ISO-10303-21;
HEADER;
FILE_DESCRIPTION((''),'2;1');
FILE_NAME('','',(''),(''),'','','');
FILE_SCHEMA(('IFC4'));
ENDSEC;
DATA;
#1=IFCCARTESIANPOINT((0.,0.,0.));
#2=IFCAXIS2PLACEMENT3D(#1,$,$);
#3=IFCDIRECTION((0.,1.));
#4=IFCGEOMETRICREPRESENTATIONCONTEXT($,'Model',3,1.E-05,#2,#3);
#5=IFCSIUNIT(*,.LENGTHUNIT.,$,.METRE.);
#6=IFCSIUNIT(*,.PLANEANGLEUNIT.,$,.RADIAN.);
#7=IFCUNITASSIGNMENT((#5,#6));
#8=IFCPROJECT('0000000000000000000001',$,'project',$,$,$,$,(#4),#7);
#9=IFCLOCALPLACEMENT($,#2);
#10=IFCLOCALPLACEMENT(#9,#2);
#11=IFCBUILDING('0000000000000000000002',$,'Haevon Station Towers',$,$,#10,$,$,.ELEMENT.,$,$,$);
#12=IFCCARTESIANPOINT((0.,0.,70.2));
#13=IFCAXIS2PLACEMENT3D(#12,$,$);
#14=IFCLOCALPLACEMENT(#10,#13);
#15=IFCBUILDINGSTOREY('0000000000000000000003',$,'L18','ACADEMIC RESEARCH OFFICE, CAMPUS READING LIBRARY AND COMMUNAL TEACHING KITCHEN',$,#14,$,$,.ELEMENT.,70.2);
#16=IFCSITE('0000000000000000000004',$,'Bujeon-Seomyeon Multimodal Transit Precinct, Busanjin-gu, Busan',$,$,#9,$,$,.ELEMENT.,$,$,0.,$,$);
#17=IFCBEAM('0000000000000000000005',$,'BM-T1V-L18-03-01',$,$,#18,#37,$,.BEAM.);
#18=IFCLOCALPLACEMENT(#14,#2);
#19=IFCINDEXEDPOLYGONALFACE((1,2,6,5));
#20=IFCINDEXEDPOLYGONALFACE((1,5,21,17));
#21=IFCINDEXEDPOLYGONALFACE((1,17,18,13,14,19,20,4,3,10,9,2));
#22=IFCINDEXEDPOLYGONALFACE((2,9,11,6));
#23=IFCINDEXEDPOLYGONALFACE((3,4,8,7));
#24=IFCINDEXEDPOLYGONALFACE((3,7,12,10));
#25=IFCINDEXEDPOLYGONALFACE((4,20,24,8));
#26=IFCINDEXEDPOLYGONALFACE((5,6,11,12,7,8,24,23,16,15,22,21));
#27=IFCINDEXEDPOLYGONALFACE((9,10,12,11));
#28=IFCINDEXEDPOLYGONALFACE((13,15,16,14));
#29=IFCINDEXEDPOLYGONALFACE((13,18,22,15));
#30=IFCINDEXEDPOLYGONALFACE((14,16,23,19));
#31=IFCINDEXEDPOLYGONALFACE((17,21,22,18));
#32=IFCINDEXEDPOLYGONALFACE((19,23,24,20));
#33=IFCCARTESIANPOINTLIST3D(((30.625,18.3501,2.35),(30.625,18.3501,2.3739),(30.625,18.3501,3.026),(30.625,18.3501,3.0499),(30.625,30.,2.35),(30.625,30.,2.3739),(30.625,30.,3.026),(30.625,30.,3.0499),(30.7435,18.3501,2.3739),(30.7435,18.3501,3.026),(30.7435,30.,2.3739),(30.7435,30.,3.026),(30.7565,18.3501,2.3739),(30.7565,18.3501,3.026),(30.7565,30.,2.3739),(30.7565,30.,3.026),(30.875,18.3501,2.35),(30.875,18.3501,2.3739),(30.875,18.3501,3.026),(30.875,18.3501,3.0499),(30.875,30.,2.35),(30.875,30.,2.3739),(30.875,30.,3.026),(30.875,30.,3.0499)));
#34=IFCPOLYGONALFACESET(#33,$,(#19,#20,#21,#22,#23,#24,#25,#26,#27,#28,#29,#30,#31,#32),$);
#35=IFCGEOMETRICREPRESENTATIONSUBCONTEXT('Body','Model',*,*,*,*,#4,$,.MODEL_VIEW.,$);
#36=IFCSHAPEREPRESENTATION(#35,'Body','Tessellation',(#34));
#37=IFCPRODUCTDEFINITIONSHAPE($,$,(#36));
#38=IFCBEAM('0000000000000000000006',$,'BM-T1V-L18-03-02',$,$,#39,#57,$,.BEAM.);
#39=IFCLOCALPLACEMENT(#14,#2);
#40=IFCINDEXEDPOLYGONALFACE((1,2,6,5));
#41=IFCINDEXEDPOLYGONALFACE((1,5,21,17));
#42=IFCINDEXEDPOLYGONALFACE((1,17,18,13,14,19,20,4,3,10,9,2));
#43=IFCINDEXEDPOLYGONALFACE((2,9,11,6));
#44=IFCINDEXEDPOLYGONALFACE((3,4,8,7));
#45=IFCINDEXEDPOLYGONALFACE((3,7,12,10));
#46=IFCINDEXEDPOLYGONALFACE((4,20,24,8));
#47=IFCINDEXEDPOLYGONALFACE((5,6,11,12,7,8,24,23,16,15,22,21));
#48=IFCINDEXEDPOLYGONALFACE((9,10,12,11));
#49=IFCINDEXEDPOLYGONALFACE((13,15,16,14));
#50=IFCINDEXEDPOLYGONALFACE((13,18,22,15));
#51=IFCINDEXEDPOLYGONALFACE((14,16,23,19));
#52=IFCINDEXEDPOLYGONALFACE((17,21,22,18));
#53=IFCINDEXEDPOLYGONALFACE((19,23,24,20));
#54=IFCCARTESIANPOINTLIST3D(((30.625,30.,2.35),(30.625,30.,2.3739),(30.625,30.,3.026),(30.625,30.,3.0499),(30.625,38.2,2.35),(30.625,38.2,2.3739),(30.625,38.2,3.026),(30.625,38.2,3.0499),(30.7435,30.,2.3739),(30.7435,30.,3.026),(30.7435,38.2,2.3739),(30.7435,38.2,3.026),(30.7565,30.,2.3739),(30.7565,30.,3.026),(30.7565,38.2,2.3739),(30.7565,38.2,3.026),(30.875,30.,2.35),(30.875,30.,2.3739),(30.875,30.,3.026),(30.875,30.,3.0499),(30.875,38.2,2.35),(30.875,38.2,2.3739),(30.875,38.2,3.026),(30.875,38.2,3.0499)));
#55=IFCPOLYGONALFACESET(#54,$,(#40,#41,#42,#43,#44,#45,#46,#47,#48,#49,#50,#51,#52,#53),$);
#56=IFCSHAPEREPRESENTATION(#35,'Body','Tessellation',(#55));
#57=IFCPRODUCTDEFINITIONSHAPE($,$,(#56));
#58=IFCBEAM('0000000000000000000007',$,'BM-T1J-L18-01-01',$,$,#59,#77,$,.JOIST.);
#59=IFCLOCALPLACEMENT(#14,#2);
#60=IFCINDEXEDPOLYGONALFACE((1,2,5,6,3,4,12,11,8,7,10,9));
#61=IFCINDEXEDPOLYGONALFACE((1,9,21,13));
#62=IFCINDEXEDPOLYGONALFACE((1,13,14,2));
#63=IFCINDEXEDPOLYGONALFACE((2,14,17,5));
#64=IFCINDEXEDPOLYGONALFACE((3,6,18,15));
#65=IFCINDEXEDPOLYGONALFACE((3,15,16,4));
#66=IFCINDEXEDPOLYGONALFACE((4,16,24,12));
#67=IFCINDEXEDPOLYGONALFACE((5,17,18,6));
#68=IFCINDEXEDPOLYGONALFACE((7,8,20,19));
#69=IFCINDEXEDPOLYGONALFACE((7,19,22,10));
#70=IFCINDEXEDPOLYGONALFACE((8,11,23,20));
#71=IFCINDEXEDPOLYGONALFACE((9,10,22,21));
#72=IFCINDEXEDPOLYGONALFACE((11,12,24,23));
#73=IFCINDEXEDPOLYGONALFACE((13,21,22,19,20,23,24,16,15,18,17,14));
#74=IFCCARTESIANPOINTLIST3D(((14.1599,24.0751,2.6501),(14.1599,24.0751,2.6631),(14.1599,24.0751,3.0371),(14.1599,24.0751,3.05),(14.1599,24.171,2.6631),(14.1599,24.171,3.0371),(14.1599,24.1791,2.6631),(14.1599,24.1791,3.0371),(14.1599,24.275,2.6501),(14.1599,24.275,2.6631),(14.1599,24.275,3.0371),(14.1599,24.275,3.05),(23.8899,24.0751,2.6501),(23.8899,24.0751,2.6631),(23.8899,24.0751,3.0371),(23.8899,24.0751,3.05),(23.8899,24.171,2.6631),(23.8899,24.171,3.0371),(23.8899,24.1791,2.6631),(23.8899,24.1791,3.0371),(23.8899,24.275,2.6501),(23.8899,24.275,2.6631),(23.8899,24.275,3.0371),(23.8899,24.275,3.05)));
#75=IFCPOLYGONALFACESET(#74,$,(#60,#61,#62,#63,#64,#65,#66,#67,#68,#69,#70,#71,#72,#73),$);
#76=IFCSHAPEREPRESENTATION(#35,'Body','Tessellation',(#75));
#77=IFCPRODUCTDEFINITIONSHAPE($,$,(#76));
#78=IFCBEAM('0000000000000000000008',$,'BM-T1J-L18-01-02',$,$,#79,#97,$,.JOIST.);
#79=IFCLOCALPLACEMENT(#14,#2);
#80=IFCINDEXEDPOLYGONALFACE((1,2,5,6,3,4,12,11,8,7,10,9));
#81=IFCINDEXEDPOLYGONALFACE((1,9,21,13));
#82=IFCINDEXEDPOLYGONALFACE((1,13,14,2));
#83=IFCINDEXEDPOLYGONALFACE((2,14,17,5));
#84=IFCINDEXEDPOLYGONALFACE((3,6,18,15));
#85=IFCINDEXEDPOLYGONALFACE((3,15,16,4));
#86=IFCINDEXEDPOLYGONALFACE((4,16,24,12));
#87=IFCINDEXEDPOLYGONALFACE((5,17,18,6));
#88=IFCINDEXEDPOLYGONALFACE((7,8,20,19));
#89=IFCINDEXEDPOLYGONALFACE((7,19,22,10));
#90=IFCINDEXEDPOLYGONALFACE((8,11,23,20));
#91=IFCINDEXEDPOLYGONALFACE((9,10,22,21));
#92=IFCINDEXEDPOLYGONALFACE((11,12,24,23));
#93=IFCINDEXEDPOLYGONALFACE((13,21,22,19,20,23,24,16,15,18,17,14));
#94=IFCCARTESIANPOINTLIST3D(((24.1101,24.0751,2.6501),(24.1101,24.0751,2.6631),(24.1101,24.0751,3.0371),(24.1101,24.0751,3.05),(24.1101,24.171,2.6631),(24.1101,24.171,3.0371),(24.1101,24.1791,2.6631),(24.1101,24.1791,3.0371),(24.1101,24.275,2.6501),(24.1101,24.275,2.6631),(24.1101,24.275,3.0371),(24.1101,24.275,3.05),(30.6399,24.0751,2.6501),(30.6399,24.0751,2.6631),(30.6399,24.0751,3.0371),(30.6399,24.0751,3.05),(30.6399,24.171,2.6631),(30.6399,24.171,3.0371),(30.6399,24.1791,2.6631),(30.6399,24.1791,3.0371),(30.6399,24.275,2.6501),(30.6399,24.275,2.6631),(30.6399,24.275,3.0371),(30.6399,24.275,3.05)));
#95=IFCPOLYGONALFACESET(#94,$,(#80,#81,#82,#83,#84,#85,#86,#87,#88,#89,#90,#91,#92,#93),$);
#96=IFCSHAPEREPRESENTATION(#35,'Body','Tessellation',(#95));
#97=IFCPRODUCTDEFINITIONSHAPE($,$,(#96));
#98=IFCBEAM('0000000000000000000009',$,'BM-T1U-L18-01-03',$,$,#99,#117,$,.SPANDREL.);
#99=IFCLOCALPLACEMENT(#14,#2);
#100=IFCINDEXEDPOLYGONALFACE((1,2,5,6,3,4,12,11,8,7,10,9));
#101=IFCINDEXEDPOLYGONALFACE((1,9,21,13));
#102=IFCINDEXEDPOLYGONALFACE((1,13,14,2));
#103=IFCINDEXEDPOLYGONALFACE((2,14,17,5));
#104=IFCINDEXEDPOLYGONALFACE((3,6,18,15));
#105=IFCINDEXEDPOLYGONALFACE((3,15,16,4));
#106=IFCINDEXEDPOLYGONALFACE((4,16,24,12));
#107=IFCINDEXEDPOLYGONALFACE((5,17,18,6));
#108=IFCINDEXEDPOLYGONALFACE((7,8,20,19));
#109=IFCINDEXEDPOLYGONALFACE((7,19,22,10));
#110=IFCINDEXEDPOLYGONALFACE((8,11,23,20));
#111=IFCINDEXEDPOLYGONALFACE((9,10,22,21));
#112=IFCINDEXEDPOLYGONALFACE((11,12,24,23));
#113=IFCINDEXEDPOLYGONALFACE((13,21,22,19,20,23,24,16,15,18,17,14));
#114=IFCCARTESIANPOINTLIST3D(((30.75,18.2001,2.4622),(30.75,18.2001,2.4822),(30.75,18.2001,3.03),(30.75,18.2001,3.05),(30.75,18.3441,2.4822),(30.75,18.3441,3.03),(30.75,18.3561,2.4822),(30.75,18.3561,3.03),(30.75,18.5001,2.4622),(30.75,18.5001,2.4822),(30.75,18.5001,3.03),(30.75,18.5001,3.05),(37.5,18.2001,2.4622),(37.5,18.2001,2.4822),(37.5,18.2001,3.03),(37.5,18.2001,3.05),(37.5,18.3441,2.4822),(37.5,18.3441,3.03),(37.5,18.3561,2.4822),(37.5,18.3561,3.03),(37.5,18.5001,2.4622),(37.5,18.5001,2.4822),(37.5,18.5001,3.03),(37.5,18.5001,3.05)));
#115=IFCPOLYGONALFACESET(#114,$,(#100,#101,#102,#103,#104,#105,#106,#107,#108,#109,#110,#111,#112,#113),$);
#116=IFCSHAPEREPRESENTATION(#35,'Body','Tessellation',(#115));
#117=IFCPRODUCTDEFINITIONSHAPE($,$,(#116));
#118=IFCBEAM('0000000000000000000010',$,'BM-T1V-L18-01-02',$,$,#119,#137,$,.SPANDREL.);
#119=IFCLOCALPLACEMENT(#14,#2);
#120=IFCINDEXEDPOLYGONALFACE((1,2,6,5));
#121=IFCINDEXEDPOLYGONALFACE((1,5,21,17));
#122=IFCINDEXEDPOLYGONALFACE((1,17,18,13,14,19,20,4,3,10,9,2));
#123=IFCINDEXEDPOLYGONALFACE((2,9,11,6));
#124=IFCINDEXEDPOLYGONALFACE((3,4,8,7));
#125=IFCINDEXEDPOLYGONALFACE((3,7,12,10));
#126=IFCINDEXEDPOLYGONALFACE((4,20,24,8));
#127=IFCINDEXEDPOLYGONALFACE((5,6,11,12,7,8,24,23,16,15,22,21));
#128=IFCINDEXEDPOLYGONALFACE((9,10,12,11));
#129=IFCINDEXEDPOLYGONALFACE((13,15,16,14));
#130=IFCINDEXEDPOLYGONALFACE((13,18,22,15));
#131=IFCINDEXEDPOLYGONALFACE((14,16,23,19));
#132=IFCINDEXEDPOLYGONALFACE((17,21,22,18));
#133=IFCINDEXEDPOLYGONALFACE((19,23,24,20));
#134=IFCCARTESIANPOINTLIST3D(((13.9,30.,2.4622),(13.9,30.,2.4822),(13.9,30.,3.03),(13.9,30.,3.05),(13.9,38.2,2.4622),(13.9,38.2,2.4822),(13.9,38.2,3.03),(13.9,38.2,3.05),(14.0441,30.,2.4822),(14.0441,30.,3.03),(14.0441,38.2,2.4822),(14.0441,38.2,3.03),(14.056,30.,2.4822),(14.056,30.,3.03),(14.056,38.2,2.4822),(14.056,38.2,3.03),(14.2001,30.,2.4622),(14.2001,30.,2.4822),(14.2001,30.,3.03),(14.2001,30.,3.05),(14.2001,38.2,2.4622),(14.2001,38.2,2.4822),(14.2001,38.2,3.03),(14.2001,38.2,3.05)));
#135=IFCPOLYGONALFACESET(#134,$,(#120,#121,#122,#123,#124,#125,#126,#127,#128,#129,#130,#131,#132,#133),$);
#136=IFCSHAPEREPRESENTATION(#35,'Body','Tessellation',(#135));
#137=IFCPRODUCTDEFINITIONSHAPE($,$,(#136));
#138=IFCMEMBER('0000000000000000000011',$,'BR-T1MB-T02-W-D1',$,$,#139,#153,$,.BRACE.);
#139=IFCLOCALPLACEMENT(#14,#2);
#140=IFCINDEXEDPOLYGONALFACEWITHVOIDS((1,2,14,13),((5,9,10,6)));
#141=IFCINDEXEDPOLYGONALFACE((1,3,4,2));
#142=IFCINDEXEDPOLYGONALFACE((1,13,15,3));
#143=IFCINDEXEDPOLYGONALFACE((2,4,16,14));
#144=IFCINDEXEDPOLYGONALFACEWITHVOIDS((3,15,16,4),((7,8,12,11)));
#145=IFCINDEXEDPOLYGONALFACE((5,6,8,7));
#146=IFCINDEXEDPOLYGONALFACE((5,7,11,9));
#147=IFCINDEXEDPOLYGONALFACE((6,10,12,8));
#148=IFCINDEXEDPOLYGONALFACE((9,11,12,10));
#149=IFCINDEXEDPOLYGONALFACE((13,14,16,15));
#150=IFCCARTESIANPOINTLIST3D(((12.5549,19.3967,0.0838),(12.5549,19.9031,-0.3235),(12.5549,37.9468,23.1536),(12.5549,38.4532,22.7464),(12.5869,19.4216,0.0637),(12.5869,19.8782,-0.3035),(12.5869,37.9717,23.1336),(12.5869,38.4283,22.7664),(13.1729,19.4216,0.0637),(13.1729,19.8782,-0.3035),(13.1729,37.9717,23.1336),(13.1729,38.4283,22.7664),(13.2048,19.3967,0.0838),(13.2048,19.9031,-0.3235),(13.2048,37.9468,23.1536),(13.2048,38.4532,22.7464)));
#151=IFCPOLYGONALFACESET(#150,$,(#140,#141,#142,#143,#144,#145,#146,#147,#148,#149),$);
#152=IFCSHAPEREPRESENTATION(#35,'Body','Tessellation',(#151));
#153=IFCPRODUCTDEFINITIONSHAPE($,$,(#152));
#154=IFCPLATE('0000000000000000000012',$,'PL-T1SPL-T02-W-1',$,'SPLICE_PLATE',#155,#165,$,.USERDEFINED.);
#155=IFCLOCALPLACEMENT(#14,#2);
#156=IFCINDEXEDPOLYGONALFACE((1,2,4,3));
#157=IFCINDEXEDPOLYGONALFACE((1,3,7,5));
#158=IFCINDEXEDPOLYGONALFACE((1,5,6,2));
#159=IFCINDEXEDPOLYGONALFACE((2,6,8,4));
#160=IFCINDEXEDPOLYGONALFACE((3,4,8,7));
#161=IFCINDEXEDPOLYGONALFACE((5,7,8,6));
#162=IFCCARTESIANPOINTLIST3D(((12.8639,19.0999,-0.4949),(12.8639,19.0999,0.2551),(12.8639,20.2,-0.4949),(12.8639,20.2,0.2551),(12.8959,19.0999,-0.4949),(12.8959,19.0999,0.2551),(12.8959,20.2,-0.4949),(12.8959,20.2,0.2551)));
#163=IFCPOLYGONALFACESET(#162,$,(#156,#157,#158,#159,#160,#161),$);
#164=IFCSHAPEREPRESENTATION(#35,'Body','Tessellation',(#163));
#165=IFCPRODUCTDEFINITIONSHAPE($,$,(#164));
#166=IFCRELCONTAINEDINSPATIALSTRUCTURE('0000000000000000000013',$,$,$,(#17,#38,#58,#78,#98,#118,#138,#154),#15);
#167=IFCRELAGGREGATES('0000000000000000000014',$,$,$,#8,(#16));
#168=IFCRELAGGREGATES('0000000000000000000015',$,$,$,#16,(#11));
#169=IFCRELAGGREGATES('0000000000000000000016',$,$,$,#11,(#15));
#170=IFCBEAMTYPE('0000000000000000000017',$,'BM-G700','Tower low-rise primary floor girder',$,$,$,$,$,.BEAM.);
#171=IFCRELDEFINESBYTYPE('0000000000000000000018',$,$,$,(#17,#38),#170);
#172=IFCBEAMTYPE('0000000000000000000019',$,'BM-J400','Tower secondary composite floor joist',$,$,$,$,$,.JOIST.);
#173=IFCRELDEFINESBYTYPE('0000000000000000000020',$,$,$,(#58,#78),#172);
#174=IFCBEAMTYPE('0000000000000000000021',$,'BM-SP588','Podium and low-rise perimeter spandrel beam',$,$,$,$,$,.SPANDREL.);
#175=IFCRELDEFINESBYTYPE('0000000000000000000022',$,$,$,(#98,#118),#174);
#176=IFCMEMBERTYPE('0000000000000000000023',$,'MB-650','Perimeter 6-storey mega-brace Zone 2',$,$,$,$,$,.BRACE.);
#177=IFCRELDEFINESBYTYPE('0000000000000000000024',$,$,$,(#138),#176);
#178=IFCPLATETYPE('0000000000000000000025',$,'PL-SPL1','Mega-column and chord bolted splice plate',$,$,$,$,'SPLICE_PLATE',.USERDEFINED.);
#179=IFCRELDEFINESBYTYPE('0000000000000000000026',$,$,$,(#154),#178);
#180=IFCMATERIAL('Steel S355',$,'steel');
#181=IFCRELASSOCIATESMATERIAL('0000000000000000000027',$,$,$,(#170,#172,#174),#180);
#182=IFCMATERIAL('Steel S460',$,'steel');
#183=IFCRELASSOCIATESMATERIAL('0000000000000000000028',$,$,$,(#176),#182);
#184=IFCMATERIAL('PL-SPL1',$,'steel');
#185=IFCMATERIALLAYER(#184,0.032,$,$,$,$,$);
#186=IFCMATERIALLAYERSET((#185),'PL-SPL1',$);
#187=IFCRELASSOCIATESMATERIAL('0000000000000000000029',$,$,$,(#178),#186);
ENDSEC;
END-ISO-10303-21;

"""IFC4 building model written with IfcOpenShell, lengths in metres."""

from ifc_helpers import new_model, si_unit, direction, frame, origin, origin_2d, place, context, subcontext, project, spatial, rectangle, hollow_rectangle, i_section, extrude, material, layer, layer_set, material_profile, profile_set, type_object, element, save


model = new_model("IFC4")

# Units and contexts
model_context = context("Model", 3, precision=1e-05, world=origin(), true_north=direction((0.0, 1.0)))
body_context = subcontext(model_context, "Body", "Model", "MODEL_VIEW")
ifc_project = project(units=[si_unit("LENGTHUNIT", "METRE"), si_unit("PLANEANGLEUNIT", "RADIAN")], contexts=[model_context])

# Site, building, storey
site_placement = place(None, origin())
site = spatial("IfcSite", under=ifc_project, at=site_placement, Name="Bujeon-Seomyeon Multimodal Transit Precinct, Busanjin-gu, Busan", CompositionType="ELEMENT", RefElevation=0.0)
building_placement = place(site_placement, origin())
building = spatial("IfcBuilding", under=site, at=building_placement, Name="Haevon Station Towers", CompositionType="ELEMENT")
storey_placement = place(building_placement, frame((0.0, 0.0, 70.2)))
storey = spatial("IfcBuildingStorey", under=building, at=storey_placement, Name="L18", Description="ACADEMIC RESEARCH OFFICE, CAMPUS READING LIBRARY AND COMMUNAL TEACHING KITCHEN", CompositionType="ELEMENT", Elevation=70.2)

# Shared definitions
ifc_material_1 = material(Name="Steel S460", Category="steel")

# Beams
ifc_material_2 = material(Name="Steel S355", Category="steel")
ifc_material_profile_1 = material_profile(ifc_material_2, i_section(OverallWidth=0.25, OverallDepth=0.7, WebThickness=0.0129, FlangeThickness=0.0239, at=origin_2d()), Name="H-700x250x13x24")
ifc_profile_set_1 = profile_set([ifc_material_profile_1], Name="Steel S355")
beam_type_1 = type_object("IfcBeamType", Name="BM-G700", Description="Tower low-rise primary floor girder", PredefinedType="BEAM", material=ifc_profile_set_1)
beam_1_placement = place(storey_placement, frame((30.75, 18.3501, 2.7), z_axis=(0.0, 1.0, 0.0), x_axis=(-1.0, 0.0, 0.0)))
element("IfcBeam", 1, at=beam_1_placement, inside=storey, type_object=beam_type_1, Name="BM-T1V-L18-03-01", PredefinedType="BEAM", context=body_context, shape_type="SweptSolid", body=[
    extrude(i_section(OverallWidth=0.25, OverallDepth=0.7, WebThickness=0.0129, FlangeThickness=0.0239, at=origin_2d()), origin(), (0.0, 0.0, 1.0), 11.6499),
])
beam_2_placement = place(storey_placement, frame((30.75, 30.0, 2.7), z_axis=(0.0, 1.0, 0.0), x_axis=(-1.0, 0.0, 0.0)))
element("IfcBeam", 2, at=beam_2_placement, inside=storey, type_object=beam_type_1, Name="BM-T1V-L18-03-02", PredefinedType="BEAM", context=body_context, shape_type="SweptSolid", body=[
    extrude(i_section(OverallWidth=0.25, OverallDepth=0.7, WebThickness=0.0129, FlangeThickness=0.0239, at=origin_2d()), origin(), (0.0, 0.0, 1.0), 8.2),
])
ifc_material_profile_2 = material_profile(ifc_material_2, i_section(OverallWidth=0.2, OverallDepth=0.3999, WebThickness=0.0081, FlangeThickness=0.0129, at=origin_2d()), Name="H-400x200x8x13")
ifc_profile_set_2 = profile_set([ifc_material_profile_2], Name="Steel S355")
beam_type_2 = type_object("IfcBeamType", Name="BM-J400", Description="Tower secondary composite floor joist", PredefinedType="JOIST", material=ifc_profile_set_2)
beam_3_placement = place(storey_placement, frame((14.1599, 24.175, 2.8501), z_axis=(1.0, 0.0, 0.0), x_axis=(0.0, 1.0, 0.0)))
element("IfcBeam", 3, at=beam_3_placement, inside=storey, type_object=beam_type_2, Name="BM-T1J-L18-01-01", PredefinedType="JOIST", context=body_context, shape_type="SweptSolid", body=[
    extrude(i_section(OverallWidth=0.2, OverallDepth=0.3999, WebThickness=0.0081, FlangeThickness=0.0129, at=origin_2d()), origin(), (0.0, 0.0, 1.0), 9.73),
])
beam_4_placement = place(storey_placement, frame((24.1101, 24.175, 2.8501), z_axis=(1.0, 0.0, 0.0), x_axis=(0.0, 1.0, 0.0)))
element("IfcBeam", 4, at=beam_4_placement, inside=storey, type_object=beam_type_2, Name="BM-T1J-L18-01-02", PredefinedType="JOIST", context=body_context, shape_type="SweptSolid", body=[
    extrude(i_section(OverallWidth=0.2, OverallDepth=0.3999, WebThickness=0.0081, FlangeThickness=0.0129, at=origin_2d()), origin(), (0.0, 0.0, 1.0), 6.5298),
])
ifc_material_profile_3 = material_profile(ifc_material_2, i_section(OverallWidth=0.3, OverallDepth=0.5879, WebThickness=0.012, FlangeThickness=0.02, at=origin_2d()), Name="H-588x300x12x20")
ifc_profile_set_3 = profile_set([ifc_material_profile_3], Name="Steel S355")
beam_type_3 = type_object("IfcBeamType", Name="BM-SP588", Description="Podium and low-rise perimeter spandrel beam", PredefinedType="SPANDREL", material=ifc_profile_set_3)
beam_5_placement = place(storey_placement, frame((30.75, 18.3501, 2.7561), z_axis=(1.0, 0.0, 0.0), x_axis=(0.0, 1.0, 0.0)))
element("IfcBeam", 5, at=beam_5_placement, inside=storey, type_object=beam_type_3, Name="BM-T1U-L18-01-03", PredefinedType="SPANDREL", context=body_context, shape_type="SweptSolid", body=[
    extrude(i_section(OverallWidth=0.3, OverallDepth=0.5879, WebThickness=0.012, FlangeThickness=0.02, at=origin_2d()), origin(), (0.0, 0.0, 1.0), 6.75),
])
beam_6_placement = place(storey_placement, frame((14.05, 30.0, 2.7561), z_axis=(0.0, 1.0, 0.0), x_axis=(-1.0, 0.0, 0.0)))
element("IfcBeam", 6, at=beam_6_placement, inside=storey, type_object=beam_type_3, Name="BM-T1V-L18-01-02", PredefinedType="SPANDREL", context=body_context, shape_type="SweptSolid", body=[
    extrude(i_section(OverallWidth=0.3, OverallDepth=0.5879, WebThickness=0.012, FlangeThickness=0.02, at=origin_2d()), origin(), (0.0, 0.0, 1.0), 8.2),
])

# Member
ifc_material_profile_4 = material_profile(ifc_material_1, hollow_rectangle(XDim=0.6499, YDim=0.6499, WallThickness=0.032, at=origin_2d()), Name="RHS-650x650x32")
ifc_profile_set_4 = profile_set([ifc_material_profile_4], Name="Steel S460")
member_type = type_object("IfcMemberType", Name="MB-650", Description="Perimeter 6-storey mega-brace Zone 2", PredefinedType="BRACE", material=ifc_profile_set_4)
member_placement = place(storey_placement, frame((12.8799, 19.6499, -0.1199), z_axis=(0.0, 0.626633, 0.779314), x_axis=(-1.0, 0.0, 0.0)))
element("IfcMember", 7, at=member_placement, inside=storey, type_object=member_type, Name="BR-T1MB-T02-W-D1", PredefinedType="BRACE", context=body_context, shape_type="SweptSolid", body=[
    extrude(hollow_rectangle(XDim=0.6499, YDim=0.6499, WallThickness=0.032, at=origin_2d()), origin(), (0.0, 0.0, 1.0), 29.6028),
])

# Plate
ifc_material_3 = material(Name="PL-SPL1", Category="steel")
ifc_layer_1 = layer(ifc_material_3, 0.032)
ifc_layer_set_1 = layer_set([ifc_layer_1], Name="PL-SPL1")
plate_type = type_object("IfcPlateType", Name="PL-SPL1", Description="Mega-column and chord bolted splice plate", ElementType="SPLICE_PLATE", PredefinedType="USERDEFINED", material=ifc_layer_set_1)
plate_placement = place(storey_placement, frame((12.8799, 19.6499, -0.4949), z_axis=(0.0, 0.0, 1.0), x_axis=(0.0, 1.0, 0.0)))
element("IfcPlate", 8, at=plate_placement, inside=storey, type_object=plate_type, Name="PL-T1SPL-T02-W-1", ObjectType="SPLICE_PLATE", PredefinedType="USERDEFINED", context=body_context, shape_type="SweptSolid", body=[
    extrude(rectangle(XDim=1.1001, YDim=0.032, at=origin_2d()), origin(), (0.0, 0.0, 1.0), 0.75),
])

save(model, "model.ifc")
